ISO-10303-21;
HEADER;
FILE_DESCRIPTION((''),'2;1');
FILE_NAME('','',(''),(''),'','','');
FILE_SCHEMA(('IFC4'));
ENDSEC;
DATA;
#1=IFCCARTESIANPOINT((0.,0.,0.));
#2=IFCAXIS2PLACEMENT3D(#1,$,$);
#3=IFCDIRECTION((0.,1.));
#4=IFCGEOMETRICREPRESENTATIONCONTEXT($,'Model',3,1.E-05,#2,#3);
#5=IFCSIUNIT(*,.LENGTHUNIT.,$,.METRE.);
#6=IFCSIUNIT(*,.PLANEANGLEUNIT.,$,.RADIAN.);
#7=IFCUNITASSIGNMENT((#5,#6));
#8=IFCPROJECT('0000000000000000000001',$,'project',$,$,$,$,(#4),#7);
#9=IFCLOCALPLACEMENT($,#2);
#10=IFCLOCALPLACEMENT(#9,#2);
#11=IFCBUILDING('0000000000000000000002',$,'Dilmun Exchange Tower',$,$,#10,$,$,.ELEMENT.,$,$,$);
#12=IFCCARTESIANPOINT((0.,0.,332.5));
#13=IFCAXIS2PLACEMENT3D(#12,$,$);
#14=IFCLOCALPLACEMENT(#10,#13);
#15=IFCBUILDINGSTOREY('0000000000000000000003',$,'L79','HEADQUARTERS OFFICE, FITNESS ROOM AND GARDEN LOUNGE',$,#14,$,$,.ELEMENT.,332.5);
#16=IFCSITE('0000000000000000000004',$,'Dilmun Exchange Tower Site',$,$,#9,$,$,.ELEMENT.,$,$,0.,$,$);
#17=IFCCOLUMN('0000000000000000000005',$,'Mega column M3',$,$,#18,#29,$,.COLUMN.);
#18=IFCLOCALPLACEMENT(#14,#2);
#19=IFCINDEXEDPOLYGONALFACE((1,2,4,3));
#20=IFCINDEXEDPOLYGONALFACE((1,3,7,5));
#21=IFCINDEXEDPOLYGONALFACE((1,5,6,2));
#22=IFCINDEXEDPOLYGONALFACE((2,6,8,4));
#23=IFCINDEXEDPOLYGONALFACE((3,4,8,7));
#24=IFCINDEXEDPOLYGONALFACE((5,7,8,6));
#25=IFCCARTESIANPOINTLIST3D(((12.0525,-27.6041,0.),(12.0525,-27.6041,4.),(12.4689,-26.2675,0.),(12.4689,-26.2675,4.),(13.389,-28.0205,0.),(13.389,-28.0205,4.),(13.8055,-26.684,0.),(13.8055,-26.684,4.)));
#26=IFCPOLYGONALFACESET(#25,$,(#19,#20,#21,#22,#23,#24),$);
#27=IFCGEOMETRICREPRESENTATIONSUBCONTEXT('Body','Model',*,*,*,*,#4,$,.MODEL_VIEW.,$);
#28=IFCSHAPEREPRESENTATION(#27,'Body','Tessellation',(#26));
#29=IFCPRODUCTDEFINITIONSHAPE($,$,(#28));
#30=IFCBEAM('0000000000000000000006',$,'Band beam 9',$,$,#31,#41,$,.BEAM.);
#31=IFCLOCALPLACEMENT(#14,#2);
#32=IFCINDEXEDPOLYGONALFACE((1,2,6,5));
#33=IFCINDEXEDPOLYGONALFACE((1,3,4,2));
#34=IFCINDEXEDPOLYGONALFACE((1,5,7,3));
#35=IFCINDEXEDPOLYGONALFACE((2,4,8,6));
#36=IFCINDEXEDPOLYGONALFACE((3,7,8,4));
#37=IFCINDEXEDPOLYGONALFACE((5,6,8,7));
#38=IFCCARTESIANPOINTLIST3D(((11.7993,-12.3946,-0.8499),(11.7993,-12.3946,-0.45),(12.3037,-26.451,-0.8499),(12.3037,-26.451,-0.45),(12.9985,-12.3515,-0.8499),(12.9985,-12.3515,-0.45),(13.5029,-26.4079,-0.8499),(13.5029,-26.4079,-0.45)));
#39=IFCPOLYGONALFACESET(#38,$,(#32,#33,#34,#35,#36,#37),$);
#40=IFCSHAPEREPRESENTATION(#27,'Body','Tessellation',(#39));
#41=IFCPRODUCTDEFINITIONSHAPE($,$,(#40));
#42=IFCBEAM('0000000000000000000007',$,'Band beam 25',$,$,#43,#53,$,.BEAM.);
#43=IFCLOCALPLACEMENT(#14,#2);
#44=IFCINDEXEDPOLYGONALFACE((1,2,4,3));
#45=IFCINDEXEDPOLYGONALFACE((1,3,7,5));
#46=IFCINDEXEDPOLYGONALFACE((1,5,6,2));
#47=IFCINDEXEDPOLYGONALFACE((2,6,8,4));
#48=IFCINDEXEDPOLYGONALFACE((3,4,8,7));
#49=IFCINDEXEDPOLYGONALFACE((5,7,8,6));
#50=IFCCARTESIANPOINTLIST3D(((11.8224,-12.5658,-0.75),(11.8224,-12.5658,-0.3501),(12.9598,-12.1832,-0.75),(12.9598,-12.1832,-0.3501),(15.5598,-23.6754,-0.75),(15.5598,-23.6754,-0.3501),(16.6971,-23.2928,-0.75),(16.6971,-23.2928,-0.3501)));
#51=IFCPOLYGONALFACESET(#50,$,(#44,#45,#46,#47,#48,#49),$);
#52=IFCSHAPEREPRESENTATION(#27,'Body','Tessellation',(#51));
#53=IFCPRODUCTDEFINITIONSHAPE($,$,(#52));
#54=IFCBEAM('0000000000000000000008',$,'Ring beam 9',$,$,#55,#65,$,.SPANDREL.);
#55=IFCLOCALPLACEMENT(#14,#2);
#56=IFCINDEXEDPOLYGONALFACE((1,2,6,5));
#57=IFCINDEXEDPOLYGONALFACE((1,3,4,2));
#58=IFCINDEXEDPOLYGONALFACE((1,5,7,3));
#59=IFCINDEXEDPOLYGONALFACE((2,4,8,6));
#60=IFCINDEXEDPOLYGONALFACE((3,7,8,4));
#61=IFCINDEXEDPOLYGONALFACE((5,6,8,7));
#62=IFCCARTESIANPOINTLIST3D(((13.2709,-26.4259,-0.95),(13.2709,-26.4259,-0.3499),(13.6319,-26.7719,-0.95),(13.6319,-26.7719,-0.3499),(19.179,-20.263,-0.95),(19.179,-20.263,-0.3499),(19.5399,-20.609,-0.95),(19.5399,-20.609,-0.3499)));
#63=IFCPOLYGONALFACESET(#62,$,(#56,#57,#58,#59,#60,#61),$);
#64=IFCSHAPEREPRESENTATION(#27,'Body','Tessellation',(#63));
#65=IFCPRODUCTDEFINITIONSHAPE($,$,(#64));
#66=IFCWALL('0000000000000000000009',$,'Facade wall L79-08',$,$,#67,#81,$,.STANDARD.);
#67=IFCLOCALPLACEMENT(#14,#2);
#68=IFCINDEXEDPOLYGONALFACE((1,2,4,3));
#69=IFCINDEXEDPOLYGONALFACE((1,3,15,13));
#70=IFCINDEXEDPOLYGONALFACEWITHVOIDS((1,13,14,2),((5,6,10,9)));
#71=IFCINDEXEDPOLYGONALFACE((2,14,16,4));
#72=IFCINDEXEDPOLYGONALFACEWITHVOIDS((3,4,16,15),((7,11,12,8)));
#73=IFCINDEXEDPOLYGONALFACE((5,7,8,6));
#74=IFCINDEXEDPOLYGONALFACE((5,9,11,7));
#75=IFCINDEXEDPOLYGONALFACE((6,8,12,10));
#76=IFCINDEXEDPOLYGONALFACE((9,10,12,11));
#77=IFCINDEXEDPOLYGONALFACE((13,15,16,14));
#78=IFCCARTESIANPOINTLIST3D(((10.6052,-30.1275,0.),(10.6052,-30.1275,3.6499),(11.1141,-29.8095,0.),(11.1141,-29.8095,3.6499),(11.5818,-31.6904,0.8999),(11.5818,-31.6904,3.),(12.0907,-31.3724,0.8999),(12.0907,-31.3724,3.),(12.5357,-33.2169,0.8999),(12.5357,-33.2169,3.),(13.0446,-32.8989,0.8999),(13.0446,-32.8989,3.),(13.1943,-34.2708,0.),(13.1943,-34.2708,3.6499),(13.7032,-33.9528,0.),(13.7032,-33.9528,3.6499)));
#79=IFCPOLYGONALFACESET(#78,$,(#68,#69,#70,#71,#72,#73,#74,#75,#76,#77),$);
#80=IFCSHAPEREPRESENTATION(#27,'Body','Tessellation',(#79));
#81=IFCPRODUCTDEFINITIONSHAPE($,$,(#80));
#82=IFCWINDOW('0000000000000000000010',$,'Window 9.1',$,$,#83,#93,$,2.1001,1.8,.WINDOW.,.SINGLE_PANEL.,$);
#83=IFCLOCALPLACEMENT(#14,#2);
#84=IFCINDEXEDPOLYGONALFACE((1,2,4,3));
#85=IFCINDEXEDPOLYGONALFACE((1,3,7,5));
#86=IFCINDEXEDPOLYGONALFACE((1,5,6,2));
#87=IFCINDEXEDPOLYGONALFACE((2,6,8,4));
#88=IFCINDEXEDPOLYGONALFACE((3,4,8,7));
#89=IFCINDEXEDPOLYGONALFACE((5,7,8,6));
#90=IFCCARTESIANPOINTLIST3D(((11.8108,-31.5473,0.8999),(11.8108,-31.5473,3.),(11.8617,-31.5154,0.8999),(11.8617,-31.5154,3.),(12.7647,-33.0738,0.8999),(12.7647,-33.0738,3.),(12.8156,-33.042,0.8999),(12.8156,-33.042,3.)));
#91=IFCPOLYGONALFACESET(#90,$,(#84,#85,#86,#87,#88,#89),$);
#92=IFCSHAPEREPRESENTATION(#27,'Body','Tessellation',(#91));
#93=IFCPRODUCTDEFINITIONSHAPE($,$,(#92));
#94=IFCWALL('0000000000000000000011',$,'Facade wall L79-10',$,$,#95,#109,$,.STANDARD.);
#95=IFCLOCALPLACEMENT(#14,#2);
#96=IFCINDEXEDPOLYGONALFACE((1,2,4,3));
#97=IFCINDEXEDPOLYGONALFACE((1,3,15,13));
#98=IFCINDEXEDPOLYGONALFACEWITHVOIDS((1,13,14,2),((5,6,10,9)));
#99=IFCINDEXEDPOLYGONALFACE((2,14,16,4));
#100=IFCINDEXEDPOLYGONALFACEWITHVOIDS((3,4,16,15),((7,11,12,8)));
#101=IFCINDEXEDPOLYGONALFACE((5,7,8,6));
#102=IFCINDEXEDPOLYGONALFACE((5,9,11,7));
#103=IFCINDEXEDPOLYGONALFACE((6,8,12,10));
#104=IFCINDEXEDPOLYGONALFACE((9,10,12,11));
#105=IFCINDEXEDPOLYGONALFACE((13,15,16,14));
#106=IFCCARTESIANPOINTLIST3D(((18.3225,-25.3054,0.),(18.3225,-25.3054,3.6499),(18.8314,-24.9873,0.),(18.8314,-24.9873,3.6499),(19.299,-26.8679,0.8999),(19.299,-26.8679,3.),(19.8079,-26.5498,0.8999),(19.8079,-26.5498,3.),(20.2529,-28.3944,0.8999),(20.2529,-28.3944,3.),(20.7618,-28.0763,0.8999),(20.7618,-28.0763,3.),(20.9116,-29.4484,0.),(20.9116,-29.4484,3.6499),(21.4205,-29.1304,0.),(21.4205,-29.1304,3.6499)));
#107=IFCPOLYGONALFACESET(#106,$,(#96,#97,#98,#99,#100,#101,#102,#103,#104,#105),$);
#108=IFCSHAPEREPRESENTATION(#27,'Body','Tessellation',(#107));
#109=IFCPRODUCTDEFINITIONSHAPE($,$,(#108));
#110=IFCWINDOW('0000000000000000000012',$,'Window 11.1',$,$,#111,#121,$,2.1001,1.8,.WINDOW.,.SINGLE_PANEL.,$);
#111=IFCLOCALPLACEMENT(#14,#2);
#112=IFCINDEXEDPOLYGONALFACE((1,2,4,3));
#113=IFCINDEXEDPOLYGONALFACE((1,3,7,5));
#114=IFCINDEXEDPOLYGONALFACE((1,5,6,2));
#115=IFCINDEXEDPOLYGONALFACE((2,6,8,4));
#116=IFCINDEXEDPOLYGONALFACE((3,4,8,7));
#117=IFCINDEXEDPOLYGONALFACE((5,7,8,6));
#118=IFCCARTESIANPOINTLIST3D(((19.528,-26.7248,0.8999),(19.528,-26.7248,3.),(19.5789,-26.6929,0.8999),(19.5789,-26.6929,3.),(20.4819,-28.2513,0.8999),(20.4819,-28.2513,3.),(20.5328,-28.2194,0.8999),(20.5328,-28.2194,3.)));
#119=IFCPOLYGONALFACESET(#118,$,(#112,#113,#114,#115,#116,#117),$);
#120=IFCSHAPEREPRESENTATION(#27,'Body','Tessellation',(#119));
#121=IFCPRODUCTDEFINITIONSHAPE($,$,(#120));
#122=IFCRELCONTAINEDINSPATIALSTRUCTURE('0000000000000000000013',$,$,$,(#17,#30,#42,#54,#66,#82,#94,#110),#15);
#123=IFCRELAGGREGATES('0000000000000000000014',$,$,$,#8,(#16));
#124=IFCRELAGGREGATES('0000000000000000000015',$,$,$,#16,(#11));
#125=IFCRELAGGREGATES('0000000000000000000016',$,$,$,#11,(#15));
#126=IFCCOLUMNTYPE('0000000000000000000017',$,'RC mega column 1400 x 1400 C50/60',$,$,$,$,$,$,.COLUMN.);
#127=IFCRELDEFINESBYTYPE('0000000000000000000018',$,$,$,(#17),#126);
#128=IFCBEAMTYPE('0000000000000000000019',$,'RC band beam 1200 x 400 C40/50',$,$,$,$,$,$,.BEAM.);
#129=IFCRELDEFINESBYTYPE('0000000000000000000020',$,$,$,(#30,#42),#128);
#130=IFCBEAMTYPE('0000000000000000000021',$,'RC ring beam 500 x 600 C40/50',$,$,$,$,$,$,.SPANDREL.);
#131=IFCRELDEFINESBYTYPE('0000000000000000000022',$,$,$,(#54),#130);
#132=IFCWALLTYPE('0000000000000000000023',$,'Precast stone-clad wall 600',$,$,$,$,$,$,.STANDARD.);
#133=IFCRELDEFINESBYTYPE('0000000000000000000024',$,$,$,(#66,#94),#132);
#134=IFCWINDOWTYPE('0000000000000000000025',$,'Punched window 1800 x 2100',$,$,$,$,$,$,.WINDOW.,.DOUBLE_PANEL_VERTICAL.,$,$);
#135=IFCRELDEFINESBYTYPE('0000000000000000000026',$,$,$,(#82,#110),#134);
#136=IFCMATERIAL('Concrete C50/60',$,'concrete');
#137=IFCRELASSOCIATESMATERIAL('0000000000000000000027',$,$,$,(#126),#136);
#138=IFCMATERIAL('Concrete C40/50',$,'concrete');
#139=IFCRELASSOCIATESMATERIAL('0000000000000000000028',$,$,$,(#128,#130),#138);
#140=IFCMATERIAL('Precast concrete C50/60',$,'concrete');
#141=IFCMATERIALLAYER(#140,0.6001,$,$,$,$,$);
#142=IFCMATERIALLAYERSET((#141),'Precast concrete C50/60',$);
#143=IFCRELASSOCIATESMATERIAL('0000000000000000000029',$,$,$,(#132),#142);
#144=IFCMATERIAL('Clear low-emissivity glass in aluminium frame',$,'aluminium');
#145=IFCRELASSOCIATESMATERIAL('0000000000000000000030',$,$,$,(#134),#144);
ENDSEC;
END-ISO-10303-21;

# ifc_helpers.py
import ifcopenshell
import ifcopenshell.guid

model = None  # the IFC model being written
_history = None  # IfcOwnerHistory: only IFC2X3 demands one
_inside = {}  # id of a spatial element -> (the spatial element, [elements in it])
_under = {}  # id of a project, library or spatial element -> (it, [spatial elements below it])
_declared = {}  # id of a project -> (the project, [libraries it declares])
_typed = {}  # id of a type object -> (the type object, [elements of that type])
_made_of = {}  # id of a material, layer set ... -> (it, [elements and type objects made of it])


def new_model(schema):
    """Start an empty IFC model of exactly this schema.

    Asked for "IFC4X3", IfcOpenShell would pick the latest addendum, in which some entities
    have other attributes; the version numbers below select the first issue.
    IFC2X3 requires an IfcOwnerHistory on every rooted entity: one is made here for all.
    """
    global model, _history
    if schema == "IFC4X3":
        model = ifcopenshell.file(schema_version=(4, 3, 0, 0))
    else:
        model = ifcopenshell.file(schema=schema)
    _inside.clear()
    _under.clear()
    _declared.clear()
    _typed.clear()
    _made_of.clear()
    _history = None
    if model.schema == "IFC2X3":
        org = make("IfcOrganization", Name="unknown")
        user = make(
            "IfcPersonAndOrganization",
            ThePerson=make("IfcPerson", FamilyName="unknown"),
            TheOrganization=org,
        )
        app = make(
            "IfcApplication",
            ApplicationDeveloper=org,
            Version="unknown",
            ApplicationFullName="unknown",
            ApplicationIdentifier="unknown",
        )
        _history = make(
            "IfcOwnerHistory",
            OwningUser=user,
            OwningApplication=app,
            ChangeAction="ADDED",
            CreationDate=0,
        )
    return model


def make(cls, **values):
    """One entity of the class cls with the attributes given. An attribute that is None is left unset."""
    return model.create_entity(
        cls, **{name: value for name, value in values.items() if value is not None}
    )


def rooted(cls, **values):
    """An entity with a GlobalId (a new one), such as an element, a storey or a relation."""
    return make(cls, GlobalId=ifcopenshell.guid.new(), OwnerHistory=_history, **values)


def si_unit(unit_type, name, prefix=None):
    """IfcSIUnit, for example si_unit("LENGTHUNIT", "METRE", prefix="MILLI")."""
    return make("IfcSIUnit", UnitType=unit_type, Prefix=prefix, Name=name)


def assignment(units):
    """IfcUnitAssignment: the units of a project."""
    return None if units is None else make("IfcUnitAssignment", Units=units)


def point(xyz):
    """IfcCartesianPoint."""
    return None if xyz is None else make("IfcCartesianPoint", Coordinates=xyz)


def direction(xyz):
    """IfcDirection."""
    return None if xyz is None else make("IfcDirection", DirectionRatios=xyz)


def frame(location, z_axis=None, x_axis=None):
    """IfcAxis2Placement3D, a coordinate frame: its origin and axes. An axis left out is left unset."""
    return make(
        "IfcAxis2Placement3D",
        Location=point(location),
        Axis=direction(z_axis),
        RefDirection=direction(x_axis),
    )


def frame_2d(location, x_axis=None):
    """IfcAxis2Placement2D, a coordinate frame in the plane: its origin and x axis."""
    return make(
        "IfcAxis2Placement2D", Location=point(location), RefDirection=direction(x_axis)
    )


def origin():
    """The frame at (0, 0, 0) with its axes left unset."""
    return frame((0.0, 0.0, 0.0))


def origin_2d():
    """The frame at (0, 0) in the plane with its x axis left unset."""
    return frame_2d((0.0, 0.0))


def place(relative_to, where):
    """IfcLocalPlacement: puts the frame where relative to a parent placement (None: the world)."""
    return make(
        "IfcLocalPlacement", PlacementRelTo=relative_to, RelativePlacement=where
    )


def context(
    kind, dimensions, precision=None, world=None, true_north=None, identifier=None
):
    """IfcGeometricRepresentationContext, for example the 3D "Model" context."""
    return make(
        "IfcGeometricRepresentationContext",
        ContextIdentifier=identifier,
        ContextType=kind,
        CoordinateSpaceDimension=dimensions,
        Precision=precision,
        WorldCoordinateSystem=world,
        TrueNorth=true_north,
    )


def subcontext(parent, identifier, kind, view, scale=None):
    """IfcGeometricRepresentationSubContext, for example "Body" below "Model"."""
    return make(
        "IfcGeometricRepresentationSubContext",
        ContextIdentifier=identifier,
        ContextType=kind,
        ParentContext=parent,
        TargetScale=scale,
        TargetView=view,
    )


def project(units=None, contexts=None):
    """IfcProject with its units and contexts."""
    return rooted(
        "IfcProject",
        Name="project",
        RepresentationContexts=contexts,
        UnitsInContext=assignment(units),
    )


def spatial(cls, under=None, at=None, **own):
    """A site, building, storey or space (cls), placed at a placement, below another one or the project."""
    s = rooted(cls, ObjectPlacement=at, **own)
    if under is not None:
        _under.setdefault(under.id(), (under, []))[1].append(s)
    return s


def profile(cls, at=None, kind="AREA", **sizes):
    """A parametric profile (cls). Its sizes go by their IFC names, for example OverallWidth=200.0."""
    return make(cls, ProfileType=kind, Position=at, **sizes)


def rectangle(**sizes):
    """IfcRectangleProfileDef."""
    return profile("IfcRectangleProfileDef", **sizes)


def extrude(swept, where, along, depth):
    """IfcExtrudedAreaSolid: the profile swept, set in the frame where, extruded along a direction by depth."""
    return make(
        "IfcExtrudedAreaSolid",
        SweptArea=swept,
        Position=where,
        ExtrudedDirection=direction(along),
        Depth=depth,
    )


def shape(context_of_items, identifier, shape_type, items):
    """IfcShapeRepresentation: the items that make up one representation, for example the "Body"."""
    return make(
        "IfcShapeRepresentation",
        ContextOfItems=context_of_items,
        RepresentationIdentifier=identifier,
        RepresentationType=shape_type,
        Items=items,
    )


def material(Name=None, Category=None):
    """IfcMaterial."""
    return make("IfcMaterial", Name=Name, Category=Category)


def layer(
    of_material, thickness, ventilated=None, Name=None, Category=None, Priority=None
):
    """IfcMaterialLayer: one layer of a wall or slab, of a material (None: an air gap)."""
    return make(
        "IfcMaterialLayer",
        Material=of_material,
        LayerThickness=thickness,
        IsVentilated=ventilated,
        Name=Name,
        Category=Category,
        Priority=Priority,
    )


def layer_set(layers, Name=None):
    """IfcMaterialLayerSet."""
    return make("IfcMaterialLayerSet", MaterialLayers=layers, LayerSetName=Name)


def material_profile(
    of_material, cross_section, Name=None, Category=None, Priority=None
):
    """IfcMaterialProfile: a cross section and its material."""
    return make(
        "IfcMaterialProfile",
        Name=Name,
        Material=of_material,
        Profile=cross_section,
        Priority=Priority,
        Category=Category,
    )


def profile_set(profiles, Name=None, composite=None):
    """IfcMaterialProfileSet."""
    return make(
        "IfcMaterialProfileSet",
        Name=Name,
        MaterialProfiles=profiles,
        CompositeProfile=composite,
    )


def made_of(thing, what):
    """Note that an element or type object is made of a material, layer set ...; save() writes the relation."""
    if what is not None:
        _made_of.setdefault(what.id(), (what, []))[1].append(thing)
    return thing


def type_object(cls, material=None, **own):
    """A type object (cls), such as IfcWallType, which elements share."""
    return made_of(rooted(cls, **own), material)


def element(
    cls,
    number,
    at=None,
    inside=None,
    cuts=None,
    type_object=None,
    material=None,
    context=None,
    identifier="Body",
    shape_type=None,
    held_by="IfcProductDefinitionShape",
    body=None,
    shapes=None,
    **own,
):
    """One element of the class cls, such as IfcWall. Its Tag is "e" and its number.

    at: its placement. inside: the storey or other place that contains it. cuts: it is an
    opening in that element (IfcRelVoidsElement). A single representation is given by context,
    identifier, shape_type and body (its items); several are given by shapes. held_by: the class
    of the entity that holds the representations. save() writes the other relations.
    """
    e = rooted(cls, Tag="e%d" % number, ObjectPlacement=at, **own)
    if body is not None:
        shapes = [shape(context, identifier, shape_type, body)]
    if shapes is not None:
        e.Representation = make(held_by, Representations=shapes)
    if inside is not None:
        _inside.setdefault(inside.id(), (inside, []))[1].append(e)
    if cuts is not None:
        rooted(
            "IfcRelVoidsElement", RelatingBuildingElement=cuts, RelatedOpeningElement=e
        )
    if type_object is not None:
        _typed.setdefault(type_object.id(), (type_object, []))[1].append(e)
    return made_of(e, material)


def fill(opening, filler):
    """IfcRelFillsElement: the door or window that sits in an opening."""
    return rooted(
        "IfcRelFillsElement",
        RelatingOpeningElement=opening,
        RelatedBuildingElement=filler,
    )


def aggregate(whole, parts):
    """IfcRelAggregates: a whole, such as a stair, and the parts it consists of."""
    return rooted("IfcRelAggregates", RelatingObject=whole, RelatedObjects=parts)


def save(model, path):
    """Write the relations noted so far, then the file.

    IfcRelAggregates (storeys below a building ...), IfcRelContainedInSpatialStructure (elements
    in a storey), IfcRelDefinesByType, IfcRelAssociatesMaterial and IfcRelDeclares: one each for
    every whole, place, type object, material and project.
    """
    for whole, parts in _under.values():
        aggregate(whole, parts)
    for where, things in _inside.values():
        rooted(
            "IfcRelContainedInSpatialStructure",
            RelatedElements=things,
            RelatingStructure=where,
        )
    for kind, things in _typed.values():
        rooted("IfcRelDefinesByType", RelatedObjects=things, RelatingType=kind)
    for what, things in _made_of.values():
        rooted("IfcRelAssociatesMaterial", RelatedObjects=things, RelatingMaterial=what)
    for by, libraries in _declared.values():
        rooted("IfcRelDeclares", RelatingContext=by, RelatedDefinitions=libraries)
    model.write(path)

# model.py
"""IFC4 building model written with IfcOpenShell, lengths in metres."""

from ifc_helpers import new_model, si_unit, direction, frame, frame_2d, origin, origin_2d, place, context, subcontext, project, spatial, rectangle, extrude, material, layer, layer_set, material_profile, profile_set, type_object, element, fill, save


model = new_model("IFC4")

# Units and contexts
model_context = context("Model", 3, precision=1e-05, world=origin(), true_north=direction((0.0, 1.0)))
body_context = subcontext(model_context, "Body", "Model", "MODEL_VIEW")
ifc_project = project(units=[si_unit("LENGTHUNIT", "METRE"), si_unit("PLANEANGLEUNIT", "RADIAN")], contexts=[model_context])

# Site, building, storey
site_placement = place(None, origin())
site = spatial("IfcSite", under=ifc_project, at=site_placement, Name="Dilmun Exchange Tower Site", CompositionType="ELEMENT", RefElevation=0.0)
building_placement = place(site_placement, origin())
building = spatial("IfcBuilding", under=site, at=building_placement, Name="Dilmun Exchange Tower", CompositionType="ELEMENT")
storey_placement = place(building_placement, frame((0.0, 0.0, 332.5)))
storey = spatial("IfcBuildingStorey", under=building, at=storey_placement, Name="L79", Description="HEADQUARTERS OFFICE, FITNESS ROOM AND GARDEN LOUNGE", CompositionType="ELEMENT", Elevation=332.5)

# Column
ifc_material_1 = material(Name="Concrete C50/60", Category="concrete")
ifc_material_profile_1 = material_profile(ifc_material_1, rectangle(XDim=1.3999, YDim=1.3999, at=origin_2d()), Name="1400 x 1400")
ifc_profile_set_1 = profile_set([ifc_material_profile_1], Name="Concrete C50/60")
column_type = type_object("IfcColumnType", Name="RC mega column 1400 x 1400 C50/60", PredefinedType="COLUMN", material=ifc_profile_set_1)
column_placement = place(storey_placement, frame((12.929, -27.144, 0.0), z_axis=(0.0, 0.0, 1.0), x_axis=(0.297503, 0.954721, 0.0)))
element("IfcColumn", 1, at=column_placement, inside=storey, type_object=column_type, Name="Mega column M3", PredefinedType="COLUMN", context=body_context, shape_type="SweptSolid", body=[
    extrude(rectangle(XDim=1.3999, YDim=1.3999, at=origin_2d()), origin(), (0.0, 0.0, 1.0), 4.0),
])

# Beams
ifc_material_2 = material(Name="Concrete C40/50", Category="concrete")
ifc_material_profile_2 = material_profile(ifc_material_2, rectangle(XDim=1.2, YDim=0.3999, at=origin_2d()), Name="1200 x 400")
ifc_profile_set_2 = profile_set([ifc_material_profile_2], Name="Concrete C40/50")
beam_type_1 = type_object("IfcBeamType", Name="RC band beam 1200 x 400 C40/50", PredefinedType="BEAM", material=ifc_profile_set_2)
beam_1_placement = place(storey_placement, frame((12.9033, -26.4294, -0.6499), z_axis=(-0.035861, 0.999357, 0.0), x_axis=(-0.999357, -0.035861, 0.0)))
element("IfcBeam", 2, at=beam_1_placement, inside=storey, type_object=beam_type_1, Name="Band beam 9", PredefinedType="BEAM", context=body_context, shape_type="SweptSolid", body=[
    extrude(rectangle(XDim=1.2, YDim=0.3999, at=origin_2d()), origin(), (0.0, 0.0, 1.0), 14.0654),
])
beam_2_placement = place(storey_placement, frame((16.1284, -23.4841, -0.55), z_axis=(-0.318845, 0.947807, 0.0), x_axis=(-0.947807, -0.318845, 0.0)))
element("IfcBeam", 3, at=beam_2_placement, inside=storey, type_object=beam_type_1, Name="Band beam 25", PredefinedType="BEAM", context=body_context, shape_type="SweptSolid", body=[
    extrude(rectangle(XDim=1.2, YDim=0.3999, at=origin_2d()), origin(), (0.0, 0.0, 1.0), 11.7214),
])
ifc_material_profile_3 = material_profile(ifc_material_2, rectangle(XDim=0.5, YDim=0.6001, at=origin_2d()), Name="500 x 600")
ifc_profile_set_3 = profile_set([ifc_material_profile_3], Name="Concrete C40/50")
beam_type_2 = type_object("IfcBeamType", Name="RC ring beam 500 x 600 C40/50", PredefinedType="SPANDREL", material=ifc_profile_set_3)
beam_3_placement = place(storey_placement, frame((13.4514, -26.5989, -0.6499), z_axis=(0.692022, 0.721877, 0.0), x_axis=(-0.721877, 0.692022, 0.0)))
element("IfcBeam", 4, at=beam_3_placement, inside=storey, type_object=beam_type_2, Name="Ring beam 9", PredefinedType="SPANDREL", context=body_context, shape_type="SweptSolid", body=[
    extrude(rectangle(XDim=0.5, YDim=0.6001, at=origin_2d()), origin(), (0.0, 0.0, 1.0), 8.5374),
])

# Walls, openings, windows
ifc_material_3 = material(Name="Precast concrete C50/60", Category="concrete")
ifc_layer = layer(ifc_material_3, 0.6001)
ifc_layer_set = layer_set([ifc_layer], Name="Precast concrete C50/60")
wall_type = type_object("IfcWallType", Name="Precast stone-clad wall 600", PredefinedType="STANDARD", material=ifc_layer_set)
wall_1_placement = place(storey_placement, frame((13.4487, -34.1118, 0.0), z_axis=(0.0, 0.0, 1.0), x_axis=(-0.529932, 0.84804, 0.0)))
wall_1 = element("IfcWall", 5, at=wall_1_placement, inside=storey, type_object=wall_type, Name="Facade wall L79-08", PredefinedType="STANDARD", context=body_context, shape_type="SweptSolid", body=[
    extrude(rectangle(XDim=4.8857, YDim=0.6001, at=frame_2d((2.4429, 0.0))), origin(), (0.0, 0.0, 1.0), 3.6499),
])
opening_1_placement = place(wall_1_placement, frame((1.2429, 0.0, 0.8999)))
opening_1 = element("IfcOpeningElement", 6, at=opening_1_placement, cuts=wall_1, PredefinedType="OPENING", context=body_context, shape_type="SweptSolid", body=[
    extrude(rectangle(XDim=1.8, YDim=2.1001, at=frame_2d((0.8999, 1.05))), frame((0.0, 0.3101, 0.0), z_axis=(0.0, -1.0, 0.0), x_axis=(1.0, 0.0, 0.0)), (0.0, 0.0, 1.0), 0.6201),
])
ifc_material_4 = material(Name="Clear low-emissivity glass in aluminium frame", Category="aluminium")
window_type_1 = type_object("IfcWindowType", Name="Punched window 1800 x 2100", PartitioningType="DOUBLE_PANEL_VERTICAL", PredefinedType="WINDOW", material=ifc_material_4)
window_1_placement = place(opening_1_placement, origin())
window_1 = element("IfcWindow", 7, at=window_1_placement, inside=storey, type_object=window_type_1, Name="Window 9.1", OverallHeight=2.1001, OverallWidth=1.8, PartitioningType="SINGLE_PANEL", PredefinedType="WINDOW", context=body_context, shape_type="SweptSolid", body=[
    extrude(rectangle(XDim=1.8, YDim=2.1001, at=frame_2d((0.8999, 1.05))), frame((0.0, 0.03, 0.0), z_axis=(0.0, -1.0, 0.0), x_axis=(1.0, 0.0, 0.0)), (0.0, 0.0, 1.0), 0.0601),
])
fill(opening_1, window_1)
wall_2_placement = place(storey_placement, frame((18.5769, -25.1462, 0.0), z_axis=(0.0, 0.0, 1.0), x_axis=(0.529954, -0.848026, 0.0)))
wall_2 = element("IfcWall", 8, at=wall_2_placement, inside=storey, type_object=wall_type, Name="Facade wall L79-10", PredefinedType="STANDARD", context=body_context, shape_type="SweptSolid", body=[
    extrude(rectangle(XDim=4.8855, YDim=0.6001, at=frame_2d((2.4429, 0.0))), origin(), (0.0, 0.0, 1.0), 3.6499),
])
opening_2_placement = place(wall_2_placement, frame((1.8428, 0.0, 0.8999)))
opening_2 = element("IfcOpeningElement", 9, at=opening_2_placement, cuts=wall_2, PredefinedType="OPENING", context=body_context, shape_type="SweptSolid", body=[
    extrude(rectangle(XDim=1.8, YDim=2.1001, at=frame_2d((0.8999, 1.05))), frame((0.0, 0.3101, 0.0), z_axis=(0.0, -1.0, 0.0), x_axis=(1.0, 0.0, 0.0)), (0.0, 0.0, 1.0), 0.6201),
])
window_2_placement = place(opening_2_placement, origin())
window_2 = element("IfcWindow", 10, at=window_2_placement, inside=storey, type_object=window_type_1, Name="Window 11.1", OverallHeight=2.1001, OverallWidth=1.8, PartitioningType="SINGLE_PANEL", PredefinedType="WINDOW", context=body_context, shape_type="SweptSolid", body=[
    extrude(rectangle(XDim=1.8, YDim=2.1001, at=frame_2d((0.8999, 1.05))), frame((0.0, 0.03, 0.0), z_axis=(0.0, -1.0, 0.0), x_axis=(1.0, 0.0, 0.0)), (0.0, 0.0, 1.0), 0.0601),
])
fill(opening_2, window_2)

save(model, "model.ifc")
